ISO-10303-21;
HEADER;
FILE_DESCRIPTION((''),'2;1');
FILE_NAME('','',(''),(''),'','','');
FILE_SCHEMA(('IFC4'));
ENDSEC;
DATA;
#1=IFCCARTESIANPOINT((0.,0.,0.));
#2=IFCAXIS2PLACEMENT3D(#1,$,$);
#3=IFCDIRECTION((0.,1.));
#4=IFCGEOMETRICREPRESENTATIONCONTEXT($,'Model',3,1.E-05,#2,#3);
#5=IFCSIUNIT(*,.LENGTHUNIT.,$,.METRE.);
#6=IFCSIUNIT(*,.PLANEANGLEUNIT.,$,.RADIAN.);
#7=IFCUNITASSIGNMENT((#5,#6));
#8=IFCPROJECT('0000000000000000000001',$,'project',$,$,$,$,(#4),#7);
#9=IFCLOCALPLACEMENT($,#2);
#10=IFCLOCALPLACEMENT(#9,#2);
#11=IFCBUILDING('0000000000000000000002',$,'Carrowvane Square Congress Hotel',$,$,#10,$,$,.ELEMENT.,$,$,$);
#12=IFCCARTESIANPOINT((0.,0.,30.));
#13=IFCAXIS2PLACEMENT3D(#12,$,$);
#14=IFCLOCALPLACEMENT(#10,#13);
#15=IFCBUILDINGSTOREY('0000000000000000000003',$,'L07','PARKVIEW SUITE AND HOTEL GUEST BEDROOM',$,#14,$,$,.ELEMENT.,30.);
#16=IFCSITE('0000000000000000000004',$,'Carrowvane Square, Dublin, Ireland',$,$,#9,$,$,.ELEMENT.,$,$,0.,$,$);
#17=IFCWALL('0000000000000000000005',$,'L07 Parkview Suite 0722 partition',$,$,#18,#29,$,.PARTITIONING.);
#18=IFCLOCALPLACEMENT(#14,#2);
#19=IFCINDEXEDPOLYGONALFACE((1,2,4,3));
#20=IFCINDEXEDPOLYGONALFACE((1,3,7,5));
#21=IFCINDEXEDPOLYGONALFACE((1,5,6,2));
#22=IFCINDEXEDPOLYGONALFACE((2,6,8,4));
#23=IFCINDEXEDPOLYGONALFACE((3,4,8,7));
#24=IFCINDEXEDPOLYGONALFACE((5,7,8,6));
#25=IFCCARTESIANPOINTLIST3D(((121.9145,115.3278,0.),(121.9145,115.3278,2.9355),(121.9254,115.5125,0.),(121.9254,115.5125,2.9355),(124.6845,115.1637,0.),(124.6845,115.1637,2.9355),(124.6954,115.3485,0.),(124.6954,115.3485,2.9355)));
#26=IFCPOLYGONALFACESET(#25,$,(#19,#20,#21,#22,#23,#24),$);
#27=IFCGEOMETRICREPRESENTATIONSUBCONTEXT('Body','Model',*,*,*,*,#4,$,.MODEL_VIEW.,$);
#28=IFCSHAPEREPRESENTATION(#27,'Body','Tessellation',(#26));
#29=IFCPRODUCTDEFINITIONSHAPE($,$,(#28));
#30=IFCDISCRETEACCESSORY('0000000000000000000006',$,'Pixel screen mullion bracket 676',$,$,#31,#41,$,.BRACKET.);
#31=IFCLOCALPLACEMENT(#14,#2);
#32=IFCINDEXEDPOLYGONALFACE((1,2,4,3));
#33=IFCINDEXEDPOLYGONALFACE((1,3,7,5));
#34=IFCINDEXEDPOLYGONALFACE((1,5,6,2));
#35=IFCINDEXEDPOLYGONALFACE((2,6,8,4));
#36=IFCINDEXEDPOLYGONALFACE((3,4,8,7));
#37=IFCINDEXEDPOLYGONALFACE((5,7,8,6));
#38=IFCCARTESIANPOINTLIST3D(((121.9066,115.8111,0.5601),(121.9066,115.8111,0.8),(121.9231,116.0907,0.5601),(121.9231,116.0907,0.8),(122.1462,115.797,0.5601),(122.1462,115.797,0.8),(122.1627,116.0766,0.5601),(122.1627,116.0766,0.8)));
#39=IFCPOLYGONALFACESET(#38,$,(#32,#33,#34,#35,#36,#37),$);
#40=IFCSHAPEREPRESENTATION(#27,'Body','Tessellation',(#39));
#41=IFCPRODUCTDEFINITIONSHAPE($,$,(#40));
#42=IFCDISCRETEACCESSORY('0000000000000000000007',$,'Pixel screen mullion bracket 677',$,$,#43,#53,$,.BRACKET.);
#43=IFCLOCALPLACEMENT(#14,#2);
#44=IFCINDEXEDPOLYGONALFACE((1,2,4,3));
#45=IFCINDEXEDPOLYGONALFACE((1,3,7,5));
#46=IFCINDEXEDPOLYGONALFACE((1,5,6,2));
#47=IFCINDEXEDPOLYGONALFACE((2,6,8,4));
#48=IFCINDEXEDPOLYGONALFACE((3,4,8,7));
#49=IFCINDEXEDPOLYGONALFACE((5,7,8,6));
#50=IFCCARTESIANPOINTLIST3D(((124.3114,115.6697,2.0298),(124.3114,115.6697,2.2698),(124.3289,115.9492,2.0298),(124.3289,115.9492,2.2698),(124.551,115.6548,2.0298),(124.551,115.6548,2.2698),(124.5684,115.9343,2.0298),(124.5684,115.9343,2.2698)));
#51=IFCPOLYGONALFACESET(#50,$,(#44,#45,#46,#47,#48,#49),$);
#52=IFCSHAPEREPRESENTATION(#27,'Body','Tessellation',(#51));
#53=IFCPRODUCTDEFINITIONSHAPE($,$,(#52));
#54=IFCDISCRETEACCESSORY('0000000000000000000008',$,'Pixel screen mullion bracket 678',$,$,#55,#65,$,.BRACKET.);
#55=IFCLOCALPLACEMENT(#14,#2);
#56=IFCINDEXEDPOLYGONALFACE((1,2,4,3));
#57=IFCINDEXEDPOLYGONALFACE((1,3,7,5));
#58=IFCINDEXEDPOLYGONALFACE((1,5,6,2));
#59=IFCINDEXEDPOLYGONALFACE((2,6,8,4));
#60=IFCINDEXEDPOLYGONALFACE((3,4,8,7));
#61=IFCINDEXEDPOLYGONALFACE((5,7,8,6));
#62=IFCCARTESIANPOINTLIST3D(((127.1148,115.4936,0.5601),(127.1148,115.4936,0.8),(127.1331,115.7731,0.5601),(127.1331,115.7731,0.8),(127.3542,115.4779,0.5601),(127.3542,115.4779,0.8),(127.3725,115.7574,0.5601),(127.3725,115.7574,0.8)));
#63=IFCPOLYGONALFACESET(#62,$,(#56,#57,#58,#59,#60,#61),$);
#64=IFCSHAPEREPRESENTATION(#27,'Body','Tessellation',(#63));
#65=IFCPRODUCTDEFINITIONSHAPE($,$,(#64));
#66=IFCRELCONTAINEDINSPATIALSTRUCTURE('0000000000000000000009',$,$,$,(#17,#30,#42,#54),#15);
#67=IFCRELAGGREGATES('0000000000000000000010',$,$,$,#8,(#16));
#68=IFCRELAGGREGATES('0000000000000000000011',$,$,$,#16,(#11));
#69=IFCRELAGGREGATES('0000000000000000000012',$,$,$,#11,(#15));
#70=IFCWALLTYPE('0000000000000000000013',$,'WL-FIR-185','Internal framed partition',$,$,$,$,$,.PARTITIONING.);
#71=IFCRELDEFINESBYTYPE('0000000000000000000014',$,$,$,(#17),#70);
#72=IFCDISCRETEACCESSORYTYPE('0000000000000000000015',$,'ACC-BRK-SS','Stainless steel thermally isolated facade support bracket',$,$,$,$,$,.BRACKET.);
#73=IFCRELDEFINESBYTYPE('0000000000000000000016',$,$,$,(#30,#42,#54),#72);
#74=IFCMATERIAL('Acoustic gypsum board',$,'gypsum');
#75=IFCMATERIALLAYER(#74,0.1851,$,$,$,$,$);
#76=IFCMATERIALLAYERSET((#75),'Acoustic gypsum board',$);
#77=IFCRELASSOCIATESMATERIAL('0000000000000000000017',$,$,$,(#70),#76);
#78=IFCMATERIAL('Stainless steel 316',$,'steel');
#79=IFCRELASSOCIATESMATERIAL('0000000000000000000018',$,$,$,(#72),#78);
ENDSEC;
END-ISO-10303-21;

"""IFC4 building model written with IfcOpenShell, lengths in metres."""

from ifc_helpers import new_model, si_unit, direction, frame, frame_2d, origin, origin_2d, place, context, subcontext, project, spatial, rectangle, extrude, material, layer, layer_set, type_object, element, save


model = new_model("IFC4")

# Units and contexts
model_context = context("Model", 3, precision=1e-05, world=origin(), true_north=direction((0.0, 1.0)))
body_context = subcontext(model_context, "Body", "Model", "MODEL_VIEW")
ifc_project = project(units=[si_unit("LENGTHUNIT", "METRE"), si_unit("PLANEANGLEUNIT", "RADIAN")], contexts=[model_context])

# Site, building, storey
site_placement = place(None, origin())
site = spatial("IfcSite", under=ifc_project, at=site_placement, Name="Carrowvane Square, Dublin, Ireland", CompositionType="ELEMENT", RefElevation=0.0)
building_placement = place(site_placement, origin())
building = spatial("IfcBuilding", under=site, at=building_placement, Name="Carrowvane Square Congress Hotel", CompositionType="ELEMENT")
storey_placement = place(building_placement, frame((0.0, 0.0, 30.0)))
storey = spatial("IfcBuildingStorey", under=building, at=storey_placement, Name="L07", Description="PARKVIEW SUITE AND HOTEL GUEST BEDROOM", CompositionType="ELEMENT", Elevation=30.0)

# Wall
ifc_material_1 = material(Name="Acoustic gypsum board", Category="gypsum")
ifc_layer_1 = layer(ifc_material_1, 0.1851)
ifc_layer_set_1 = layer_set([ifc_layer_1], Name="Acoustic gypsum board")
wall_type_1 = type_object("IfcWallType", Name="WL-FIR-185", Description="Internal framed partition", PredefinedType="PARTITIONING", material=ifc_layer_set_1)
wall_1_placement = place(storey_placement, frame((121.9199, 115.4202, 0.0), z_axis=(0.0, 0.0, 1.0), x_axis=(0.998251, -0.059124, 0.0)))
element("IfcWall", 1, at=wall_1_placement, inside=storey, type_object=wall_type_1, Name="L07 Parkview Suite 0722 partition", PredefinedType="PARTITIONING", context=body_context, shape_type="SweptSolid", body=[
    extrude(rectangle(XDim=2.7749, YDim=0.1851, at=frame_2d((1.3875, 0.0))), origin(), (0.0, 0.0, 1.0), 2.9355),
])

# Discrete accessories
ifc_material_2 = material(Name="Stainless steel 316", Category="steel")
discrete_accessory_type = type_object("IfcDiscreteAccessoryType", Name="ACC-BRK-SS", Description="Stainless steel thermally isolated facade support bracket", PredefinedType="BRACKET", material=ifc_material_2)
for number, where, z_axis, x_axis, name in (
    (2, (122.0347, 115.9438, 0.5601), (0.0, 0.0, 1.0), (0.998267, -0.058852, 0.0), "Pixel screen mullion bracket 676"),
    (3, (124.4399, 115.802, 2.0298), (0.0, 0.0, 1.0), (0.998051, -0.062397, 0.0), "Pixel screen mullion bracket 677"),
    (4, (127.2437, 115.6255, 0.5601), (0.0, 0.0, 1.0), (0.997858, -0.065413, 0.0), "Pixel screen mullion bracket 678"),
):
    element("IfcDiscreteAccessory", number, at=place(storey_placement, frame(where, z_axis=z_axis, x_axis=x_axis)), inside=storey, type_object=discrete_accessory_type, Name=name, PredefinedType="BRACKET", context=body_context, shape_type="SweptSolid", body=[
        extrude(rectangle(XDim=0.24, YDim=0.28, at=origin_2d()), origin(), (0.0, 0.0, 1.0), 0.24),
    ])

save(model, "model.ifc")
